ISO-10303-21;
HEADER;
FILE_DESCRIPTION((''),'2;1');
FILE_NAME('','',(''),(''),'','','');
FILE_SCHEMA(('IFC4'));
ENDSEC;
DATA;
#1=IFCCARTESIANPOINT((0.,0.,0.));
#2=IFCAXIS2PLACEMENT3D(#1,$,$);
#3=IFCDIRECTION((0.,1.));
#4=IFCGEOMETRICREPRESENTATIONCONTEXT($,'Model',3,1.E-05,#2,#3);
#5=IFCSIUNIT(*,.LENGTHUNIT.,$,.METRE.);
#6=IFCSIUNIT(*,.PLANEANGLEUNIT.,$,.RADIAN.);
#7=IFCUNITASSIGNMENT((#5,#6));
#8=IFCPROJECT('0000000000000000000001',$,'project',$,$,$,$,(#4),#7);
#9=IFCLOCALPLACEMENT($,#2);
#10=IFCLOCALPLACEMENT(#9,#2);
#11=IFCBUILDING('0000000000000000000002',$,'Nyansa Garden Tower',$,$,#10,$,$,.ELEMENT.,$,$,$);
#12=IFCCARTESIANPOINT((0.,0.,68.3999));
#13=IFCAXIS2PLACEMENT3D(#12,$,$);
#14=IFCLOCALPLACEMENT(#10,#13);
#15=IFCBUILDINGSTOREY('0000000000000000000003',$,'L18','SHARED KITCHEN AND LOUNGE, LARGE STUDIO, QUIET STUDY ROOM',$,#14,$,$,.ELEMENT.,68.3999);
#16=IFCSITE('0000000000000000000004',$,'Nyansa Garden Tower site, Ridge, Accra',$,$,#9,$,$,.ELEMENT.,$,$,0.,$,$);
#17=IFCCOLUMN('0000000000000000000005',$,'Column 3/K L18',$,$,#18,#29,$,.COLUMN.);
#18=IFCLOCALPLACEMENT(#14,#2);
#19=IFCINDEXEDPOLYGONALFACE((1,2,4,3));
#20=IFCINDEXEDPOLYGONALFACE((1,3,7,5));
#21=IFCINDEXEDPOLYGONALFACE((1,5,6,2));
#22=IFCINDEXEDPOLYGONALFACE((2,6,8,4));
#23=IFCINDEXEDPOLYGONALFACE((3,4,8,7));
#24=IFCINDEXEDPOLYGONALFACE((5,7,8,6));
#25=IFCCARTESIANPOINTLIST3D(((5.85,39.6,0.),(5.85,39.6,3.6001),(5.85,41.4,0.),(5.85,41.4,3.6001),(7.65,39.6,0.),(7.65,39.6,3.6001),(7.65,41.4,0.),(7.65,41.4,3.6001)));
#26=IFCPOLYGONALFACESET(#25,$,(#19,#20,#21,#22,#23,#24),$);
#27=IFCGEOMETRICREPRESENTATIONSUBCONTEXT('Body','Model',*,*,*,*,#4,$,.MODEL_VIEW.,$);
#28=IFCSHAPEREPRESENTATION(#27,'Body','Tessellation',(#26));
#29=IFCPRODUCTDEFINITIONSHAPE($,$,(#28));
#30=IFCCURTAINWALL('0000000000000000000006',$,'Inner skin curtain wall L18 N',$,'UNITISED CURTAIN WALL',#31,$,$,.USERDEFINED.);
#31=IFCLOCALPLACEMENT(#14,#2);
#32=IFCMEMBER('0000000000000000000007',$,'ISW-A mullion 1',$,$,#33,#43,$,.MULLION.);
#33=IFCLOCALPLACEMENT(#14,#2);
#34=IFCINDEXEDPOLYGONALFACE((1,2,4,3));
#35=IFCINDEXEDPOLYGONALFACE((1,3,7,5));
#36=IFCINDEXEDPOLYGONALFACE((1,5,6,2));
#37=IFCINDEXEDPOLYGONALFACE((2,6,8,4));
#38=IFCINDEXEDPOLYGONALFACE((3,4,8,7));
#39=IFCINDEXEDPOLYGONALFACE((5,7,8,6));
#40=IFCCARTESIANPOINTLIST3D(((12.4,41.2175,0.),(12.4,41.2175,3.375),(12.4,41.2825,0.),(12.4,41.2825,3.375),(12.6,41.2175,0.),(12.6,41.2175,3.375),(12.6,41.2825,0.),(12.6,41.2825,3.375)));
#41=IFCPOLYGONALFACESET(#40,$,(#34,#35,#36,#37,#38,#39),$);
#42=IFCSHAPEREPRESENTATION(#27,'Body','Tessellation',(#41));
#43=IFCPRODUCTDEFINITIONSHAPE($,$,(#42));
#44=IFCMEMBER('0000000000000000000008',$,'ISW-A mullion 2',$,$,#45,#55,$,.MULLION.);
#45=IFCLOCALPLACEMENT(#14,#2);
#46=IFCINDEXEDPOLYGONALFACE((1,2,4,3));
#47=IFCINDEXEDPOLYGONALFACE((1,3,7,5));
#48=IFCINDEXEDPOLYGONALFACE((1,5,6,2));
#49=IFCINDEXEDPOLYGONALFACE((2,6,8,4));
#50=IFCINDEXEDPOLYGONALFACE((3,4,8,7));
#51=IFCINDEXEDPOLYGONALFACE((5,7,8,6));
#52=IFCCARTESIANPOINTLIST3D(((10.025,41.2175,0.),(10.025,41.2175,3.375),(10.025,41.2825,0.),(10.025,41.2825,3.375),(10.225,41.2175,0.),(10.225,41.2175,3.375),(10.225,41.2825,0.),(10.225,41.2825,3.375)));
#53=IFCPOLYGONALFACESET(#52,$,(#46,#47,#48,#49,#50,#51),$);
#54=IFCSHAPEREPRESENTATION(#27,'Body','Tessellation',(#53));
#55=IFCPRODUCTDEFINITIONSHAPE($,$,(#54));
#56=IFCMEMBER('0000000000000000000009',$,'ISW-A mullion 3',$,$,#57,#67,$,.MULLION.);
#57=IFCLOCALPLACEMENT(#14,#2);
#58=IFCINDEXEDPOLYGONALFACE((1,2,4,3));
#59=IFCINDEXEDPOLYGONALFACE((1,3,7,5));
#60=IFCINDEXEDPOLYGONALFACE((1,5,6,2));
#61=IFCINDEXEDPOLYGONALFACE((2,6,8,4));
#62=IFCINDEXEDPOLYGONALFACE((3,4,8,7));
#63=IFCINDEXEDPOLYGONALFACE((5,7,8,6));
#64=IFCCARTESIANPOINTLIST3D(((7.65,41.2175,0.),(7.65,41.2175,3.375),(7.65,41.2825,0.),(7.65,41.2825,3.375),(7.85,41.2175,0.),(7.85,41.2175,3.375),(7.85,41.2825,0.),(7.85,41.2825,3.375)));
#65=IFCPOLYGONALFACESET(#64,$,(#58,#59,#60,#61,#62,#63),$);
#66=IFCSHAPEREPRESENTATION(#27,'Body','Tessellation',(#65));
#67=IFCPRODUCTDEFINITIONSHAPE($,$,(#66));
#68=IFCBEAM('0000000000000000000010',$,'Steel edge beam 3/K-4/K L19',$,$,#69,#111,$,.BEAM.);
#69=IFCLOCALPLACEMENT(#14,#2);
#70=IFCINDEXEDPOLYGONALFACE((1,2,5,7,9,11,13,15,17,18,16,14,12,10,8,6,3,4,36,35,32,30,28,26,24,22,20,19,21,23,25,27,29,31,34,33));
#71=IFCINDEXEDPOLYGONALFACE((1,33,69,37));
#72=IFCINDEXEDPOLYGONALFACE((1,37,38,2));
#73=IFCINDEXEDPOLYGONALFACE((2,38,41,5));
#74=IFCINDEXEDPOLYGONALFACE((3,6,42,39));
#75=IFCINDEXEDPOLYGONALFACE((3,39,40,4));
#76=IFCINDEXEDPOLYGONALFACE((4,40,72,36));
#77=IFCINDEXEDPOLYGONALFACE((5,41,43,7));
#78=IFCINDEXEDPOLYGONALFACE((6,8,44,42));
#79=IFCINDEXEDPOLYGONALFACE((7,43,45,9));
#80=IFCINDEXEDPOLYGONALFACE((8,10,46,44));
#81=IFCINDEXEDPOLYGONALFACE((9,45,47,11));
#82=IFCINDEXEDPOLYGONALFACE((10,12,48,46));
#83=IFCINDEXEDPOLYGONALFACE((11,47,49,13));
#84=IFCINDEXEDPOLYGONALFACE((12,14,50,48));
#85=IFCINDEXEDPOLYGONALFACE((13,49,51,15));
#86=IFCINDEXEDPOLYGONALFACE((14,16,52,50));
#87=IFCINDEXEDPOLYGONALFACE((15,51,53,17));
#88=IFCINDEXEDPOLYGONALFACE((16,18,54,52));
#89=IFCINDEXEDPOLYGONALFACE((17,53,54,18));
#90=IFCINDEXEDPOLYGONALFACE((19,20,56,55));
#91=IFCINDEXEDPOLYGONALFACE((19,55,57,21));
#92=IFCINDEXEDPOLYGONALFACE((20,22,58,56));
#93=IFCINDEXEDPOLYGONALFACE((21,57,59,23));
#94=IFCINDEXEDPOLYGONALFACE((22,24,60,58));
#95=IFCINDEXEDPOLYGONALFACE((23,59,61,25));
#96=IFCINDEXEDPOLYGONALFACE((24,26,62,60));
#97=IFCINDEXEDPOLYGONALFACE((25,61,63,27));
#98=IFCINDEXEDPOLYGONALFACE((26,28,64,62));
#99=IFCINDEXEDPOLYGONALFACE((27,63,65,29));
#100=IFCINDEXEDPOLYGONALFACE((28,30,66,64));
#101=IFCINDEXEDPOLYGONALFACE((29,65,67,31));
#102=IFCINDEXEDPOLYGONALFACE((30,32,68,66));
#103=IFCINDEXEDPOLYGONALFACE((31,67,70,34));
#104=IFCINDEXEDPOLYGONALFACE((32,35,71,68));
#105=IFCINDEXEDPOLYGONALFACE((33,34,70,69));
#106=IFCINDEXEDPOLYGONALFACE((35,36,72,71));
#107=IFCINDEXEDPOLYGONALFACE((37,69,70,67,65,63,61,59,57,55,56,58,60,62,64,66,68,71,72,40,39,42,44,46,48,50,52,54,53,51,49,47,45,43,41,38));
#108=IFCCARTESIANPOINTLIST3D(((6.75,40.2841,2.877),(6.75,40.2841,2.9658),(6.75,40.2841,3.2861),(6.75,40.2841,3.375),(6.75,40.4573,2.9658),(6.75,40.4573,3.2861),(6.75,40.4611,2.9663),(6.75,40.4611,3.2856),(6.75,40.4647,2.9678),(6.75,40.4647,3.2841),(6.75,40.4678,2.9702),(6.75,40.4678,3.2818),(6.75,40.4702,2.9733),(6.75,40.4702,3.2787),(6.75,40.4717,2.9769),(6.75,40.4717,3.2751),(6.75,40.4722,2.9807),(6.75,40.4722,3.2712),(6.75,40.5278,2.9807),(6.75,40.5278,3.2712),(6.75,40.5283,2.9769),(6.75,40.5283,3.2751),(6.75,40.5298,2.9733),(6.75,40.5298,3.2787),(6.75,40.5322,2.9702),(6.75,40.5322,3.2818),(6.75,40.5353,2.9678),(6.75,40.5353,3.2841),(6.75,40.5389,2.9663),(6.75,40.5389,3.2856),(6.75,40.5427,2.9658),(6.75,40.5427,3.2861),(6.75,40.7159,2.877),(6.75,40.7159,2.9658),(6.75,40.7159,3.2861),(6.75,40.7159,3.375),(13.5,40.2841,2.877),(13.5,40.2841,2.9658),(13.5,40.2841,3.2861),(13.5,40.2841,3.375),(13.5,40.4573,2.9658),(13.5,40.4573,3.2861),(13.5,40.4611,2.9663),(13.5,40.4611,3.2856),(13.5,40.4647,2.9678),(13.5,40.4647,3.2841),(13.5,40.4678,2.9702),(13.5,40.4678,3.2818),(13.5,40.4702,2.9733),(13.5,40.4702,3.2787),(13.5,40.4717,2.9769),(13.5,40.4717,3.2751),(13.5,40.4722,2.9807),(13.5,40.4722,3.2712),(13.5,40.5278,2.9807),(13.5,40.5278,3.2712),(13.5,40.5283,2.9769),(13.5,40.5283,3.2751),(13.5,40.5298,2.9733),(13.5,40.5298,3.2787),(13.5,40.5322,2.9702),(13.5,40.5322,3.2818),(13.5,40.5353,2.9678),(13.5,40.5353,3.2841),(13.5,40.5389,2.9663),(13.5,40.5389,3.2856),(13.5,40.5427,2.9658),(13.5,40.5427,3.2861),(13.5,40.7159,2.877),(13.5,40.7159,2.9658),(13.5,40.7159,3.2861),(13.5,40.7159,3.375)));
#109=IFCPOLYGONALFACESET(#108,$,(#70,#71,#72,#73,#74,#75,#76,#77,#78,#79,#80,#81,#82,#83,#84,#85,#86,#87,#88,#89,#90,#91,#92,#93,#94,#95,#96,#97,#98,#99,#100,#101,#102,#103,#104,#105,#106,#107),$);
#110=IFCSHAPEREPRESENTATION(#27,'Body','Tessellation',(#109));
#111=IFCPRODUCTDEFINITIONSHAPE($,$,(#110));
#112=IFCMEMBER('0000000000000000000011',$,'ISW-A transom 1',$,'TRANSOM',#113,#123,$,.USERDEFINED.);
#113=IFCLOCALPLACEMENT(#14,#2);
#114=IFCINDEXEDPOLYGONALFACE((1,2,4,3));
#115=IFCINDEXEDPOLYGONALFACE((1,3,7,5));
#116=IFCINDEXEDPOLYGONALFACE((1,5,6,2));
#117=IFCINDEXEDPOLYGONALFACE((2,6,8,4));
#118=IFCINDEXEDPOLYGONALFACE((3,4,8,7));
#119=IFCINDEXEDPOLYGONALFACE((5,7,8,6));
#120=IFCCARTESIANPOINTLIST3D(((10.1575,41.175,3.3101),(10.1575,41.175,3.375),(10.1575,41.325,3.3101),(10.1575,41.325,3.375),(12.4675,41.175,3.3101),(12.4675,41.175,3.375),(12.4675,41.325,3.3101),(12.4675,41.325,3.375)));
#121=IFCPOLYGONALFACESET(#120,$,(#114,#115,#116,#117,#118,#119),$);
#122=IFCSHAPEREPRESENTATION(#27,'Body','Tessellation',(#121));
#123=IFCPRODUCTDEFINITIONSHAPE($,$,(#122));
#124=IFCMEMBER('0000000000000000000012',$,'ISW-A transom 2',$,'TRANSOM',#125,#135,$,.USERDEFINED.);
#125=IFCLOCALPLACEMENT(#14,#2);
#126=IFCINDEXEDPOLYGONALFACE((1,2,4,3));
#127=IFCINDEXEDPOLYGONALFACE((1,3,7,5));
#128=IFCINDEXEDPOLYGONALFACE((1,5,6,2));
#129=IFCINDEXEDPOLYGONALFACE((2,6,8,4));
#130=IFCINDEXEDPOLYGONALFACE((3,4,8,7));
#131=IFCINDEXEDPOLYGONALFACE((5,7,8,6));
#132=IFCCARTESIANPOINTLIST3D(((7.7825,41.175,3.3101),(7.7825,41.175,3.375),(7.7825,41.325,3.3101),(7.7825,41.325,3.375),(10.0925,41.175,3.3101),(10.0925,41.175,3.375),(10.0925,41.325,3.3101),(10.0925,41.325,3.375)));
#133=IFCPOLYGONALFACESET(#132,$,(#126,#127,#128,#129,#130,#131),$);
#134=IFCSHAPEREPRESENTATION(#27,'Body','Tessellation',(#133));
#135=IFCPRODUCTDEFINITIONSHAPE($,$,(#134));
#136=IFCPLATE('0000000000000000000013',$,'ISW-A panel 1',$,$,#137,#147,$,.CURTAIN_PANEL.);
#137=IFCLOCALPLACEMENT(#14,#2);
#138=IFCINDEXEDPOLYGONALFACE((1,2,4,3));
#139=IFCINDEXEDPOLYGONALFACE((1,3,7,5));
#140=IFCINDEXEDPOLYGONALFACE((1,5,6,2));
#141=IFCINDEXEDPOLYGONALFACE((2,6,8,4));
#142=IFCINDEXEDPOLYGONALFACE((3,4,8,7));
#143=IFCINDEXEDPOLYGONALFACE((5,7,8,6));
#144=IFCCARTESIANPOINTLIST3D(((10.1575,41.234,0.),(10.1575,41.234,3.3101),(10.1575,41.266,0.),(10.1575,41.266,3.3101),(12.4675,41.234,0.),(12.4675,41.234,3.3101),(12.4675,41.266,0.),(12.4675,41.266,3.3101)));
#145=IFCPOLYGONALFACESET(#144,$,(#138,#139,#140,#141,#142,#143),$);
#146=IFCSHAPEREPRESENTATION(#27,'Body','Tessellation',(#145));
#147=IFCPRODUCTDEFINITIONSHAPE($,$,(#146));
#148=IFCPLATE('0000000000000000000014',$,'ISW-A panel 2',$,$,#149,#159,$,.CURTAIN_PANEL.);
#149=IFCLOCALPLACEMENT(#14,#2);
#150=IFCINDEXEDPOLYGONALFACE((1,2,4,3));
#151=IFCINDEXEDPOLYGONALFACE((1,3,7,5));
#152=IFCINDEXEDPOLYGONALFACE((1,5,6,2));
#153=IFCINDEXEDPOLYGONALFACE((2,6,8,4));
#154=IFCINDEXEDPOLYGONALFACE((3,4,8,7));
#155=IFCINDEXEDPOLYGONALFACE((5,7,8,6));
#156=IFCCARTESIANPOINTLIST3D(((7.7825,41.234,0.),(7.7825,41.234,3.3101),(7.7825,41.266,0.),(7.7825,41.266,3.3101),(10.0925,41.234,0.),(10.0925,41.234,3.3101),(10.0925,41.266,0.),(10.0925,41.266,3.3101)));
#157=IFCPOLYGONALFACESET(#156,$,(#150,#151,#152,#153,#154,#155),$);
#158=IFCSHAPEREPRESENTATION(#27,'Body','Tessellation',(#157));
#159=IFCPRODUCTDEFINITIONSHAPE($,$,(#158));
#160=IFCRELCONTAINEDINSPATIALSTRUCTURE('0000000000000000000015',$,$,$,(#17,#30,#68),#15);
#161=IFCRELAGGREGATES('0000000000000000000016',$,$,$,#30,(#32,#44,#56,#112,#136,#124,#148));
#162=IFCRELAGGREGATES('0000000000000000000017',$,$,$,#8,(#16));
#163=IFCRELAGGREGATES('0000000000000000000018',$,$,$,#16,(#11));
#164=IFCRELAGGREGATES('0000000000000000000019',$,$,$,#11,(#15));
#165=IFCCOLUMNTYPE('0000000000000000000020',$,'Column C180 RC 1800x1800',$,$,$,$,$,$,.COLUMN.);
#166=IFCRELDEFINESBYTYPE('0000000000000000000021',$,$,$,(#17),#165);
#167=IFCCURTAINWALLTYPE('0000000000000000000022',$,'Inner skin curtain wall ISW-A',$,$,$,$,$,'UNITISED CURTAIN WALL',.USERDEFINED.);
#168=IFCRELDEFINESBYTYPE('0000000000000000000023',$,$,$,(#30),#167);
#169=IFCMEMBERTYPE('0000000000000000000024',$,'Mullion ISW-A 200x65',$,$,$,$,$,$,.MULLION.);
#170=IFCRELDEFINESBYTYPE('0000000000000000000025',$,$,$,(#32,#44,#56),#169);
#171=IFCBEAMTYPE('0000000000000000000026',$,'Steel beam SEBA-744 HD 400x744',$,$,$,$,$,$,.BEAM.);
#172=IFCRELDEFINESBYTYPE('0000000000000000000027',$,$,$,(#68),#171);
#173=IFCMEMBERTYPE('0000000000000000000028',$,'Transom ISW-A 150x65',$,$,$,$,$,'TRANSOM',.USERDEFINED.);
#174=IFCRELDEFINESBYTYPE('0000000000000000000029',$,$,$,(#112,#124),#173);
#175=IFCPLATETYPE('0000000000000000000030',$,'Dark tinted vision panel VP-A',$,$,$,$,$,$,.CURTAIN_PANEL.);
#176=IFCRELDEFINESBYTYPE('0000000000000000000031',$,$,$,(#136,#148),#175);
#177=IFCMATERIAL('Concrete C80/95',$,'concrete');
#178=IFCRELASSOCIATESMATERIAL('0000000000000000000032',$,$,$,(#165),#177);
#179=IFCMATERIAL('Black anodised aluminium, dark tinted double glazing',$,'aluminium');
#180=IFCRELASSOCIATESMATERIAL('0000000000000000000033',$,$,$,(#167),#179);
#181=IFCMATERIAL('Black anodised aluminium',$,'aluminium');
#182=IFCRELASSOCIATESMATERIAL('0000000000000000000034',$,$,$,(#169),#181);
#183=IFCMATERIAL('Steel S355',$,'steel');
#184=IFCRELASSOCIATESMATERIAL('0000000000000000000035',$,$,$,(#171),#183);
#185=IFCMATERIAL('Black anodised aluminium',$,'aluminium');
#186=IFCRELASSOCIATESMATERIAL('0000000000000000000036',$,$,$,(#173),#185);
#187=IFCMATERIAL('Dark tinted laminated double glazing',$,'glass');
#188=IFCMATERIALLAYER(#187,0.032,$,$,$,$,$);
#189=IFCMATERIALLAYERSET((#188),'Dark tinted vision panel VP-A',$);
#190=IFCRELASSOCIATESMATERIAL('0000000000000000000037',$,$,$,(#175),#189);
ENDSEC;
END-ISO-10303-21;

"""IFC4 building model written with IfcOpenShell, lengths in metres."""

from ifc_helpers import new_model, si_unit, direction, frame, origin, origin_2d, place, context, subcontext, project, spatial, rectangle, i_section, extrude, material, layer, layer_set, material_profile, profile_set, type_object, element, aggregate, save


model = new_model("IFC4")

# Units and contexts
model_context = context("Model", 3, precision=1e-05, world=origin(), true_north=direction((0.0, 1.0)))
body_context = subcontext(model_context, "Body", "Model", "MODEL_VIEW")
ifc_project = project(units=[si_unit("LENGTHUNIT", "METRE"), si_unit("PLANEANGLEUNIT", "RADIAN")], contexts=[model_context])

# Site, building, storey
site_placement = place(None, origin())
site = spatial("IfcSite", under=ifc_project, at=site_placement, Name="Nyansa Garden Tower site, Ridge, Accra", CompositionType="ELEMENT", RefElevation=0.0)
building_placement = place(site_placement, origin())
building = spatial("IfcBuilding", under=site, at=building_placement, Name="Nyansa Garden Tower", CompositionType="ELEMENT")
storey_placement = place(building_placement, frame((0.0, 0.0, 68.3999)))
storey = spatial("IfcBuildingStorey", under=building, at=storey_placement, Name="L18", Description="SHARED KITCHEN AND LOUNGE, LARGE STUDIO, QUIET STUDY ROOM", CompositionType="ELEMENT", Elevation=68.3999)

# Column
ifc_material_1 = material(Name="Concrete C80/95", Category="concrete")
ifc_material_profile_1 = material_profile(ifc_material_1, rectangle(XDim=1.8, YDim=1.8, at=origin_2d()), Name="RC 1800x1800")
ifc_profile_set_1 = profile_set([ifc_material_profile_1], Name="Concrete C80/95")
column_type = type_object("IfcColumnType", Name="Column C180 RC 1800x1800", PredefinedType="COLUMN", material=ifc_profile_set_1)
column_placement = place(storey_placement, frame((6.75, 40.5, 0.0), z_axis=(0.0, 0.0, 1.0), x_axis=(1.0, 0.0, 0.0)))
element("IfcColumn", 1, at=column_placement, inside=storey, type_object=column_type, Name="Column 3/K L18", PredefinedType="COLUMN", context=body_context, shape_type="SweptSolid", body=[
    extrude(rectangle(XDim=1.8, YDim=1.8, at=origin_2d()), origin(), (0.0, 0.0, 1.0), 3.6001),
])

# Curtain wall, members
ifc_material_2 = material(Name="Black anodised aluminium, dark tinted double glazing", Category="aluminium")
curtain_wall_type = type_object("IfcCurtainWallType", Name="Inner skin curtain wall ISW-A", ElementType="UNITISED CURTAIN WALL", PredefinedType="USERDEFINED", material=ifc_material_2)
curtain_wall_placement = place(storey_placement, origin())
curtain_wall = element("IfcCurtainWall", 2, at=curtain_wall_placement, inside=storey, type_object=curtain_wall_type, Name="Inner skin curtain wall L18 N", ObjectType="UNITISED CURTAIN WALL", PredefinedType="USERDEFINED")
ifc_material_3 = material(Name="Black anodised aluminium", Category="aluminium")
ifc_material_profile_2 = material_profile(ifc_material_3, rectangle(XDim=0.0649, YDim=0.2, at=origin_2d()), Name="Mullion 200x65")
ifc_profile_set_2 = profile_set([ifc_material_profile_2], Name="Black anodised aluminium")
member_type_1 = type_object("IfcMemberType", Name="Mullion ISW-A 200x65", PredefinedType="MULLION", material=ifc_profile_set_2)
member_1_placement = place(storey_placement, frame((12.5, 41.25, 0.0), z_axis=(0.0, 0.0, 1.0), x_axis=(0.0, -1.0, 0.0)))
member_1 = element("IfcMember", 3, at=member_1_placement, type_object=member_type_1, Name="ISW-A mullion 1", PredefinedType="MULLION", context=body_context, shape_type="SweptSolid", body=[
    extrude(rectangle(XDim=0.0649, YDim=0.2, at=origin_2d()), origin(), (0.0, 0.0, 1.0), 3.375),
])
member_2_placement = place(storey_placement, frame((10.125, 41.25, 0.0), z_axis=(0.0, 0.0, 1.0), x_axis=(0.0, -1.0, 0.0)))
member_2 = element("IfcMember", 4, at=member_2_placement, type_object=member_type_1, Name="ISW-A mullion 2", PredefinedType="MULLION", context=body_context, shape_type="SweptSolid", body=[
    extrude(rectangle(XDim=0.0649, YDim=0.2, at=origin_2d()), origin(), (0.0, 0.0, 1.0), 3.375),
])
member_3_placement = place(storey_placement, frame((7.75, 41.25, 0.0), z_axis=(0.0, 0.0, 1.0), x_axis=(0.0, -1.0, 0.0)))
member_3 = element("IfcMember", 5, at=member_3_placement, type_object=member_type_1, Name="ISW-A mullion 3", PredefinedType="MULLION", context=body_context, shape_type="SweptSolid", body=[
    extrude(rectangle(XDim=0.0649, YDim=0.2, at=origin_2d()), origin(), (0.0, 0.0, 1.0), 3.375),
])

# Beam
ifc_material_4 = material(Name="Steel S355", Category="steel")
ifc_material_profile_3 = material_profile(ifc_material_4, i_section(OverallWidth=0.4319, OverallDepth=0.498, WebThickness=0.0557, FlangeThickness=0.0889, FilletRadius=0.0149, at=origin_2d()), Name="HD 400x744")
ifc_profile_set_3 = profile_set([ifc_material_profile_3], Name="Steel S355")
beam_type = type_object("IfcBeamType", Name="Steel beam SEBA-744 HD 400x744", PredefinedType="BEAM", material=ifc_profile_set_3)
beam_placement = place(storey_placement, frame((6.75, 40.5, 3.126), z_axis=(1.0, 0.0, 0.0), x_axis=(0.0, 1.0, 0.0)))
element("IfcBeam", 6, at=beam_placement, inside=storey, type_object=beam_type, Name="Steel edge beam 3/K-4/K L19", PredefinedType="BEAM", context=body_context, shape_type="SweptSolid", body=[
    extrude(i_section(OverallWidth=0.4319, OverallDepth=0.498, WebThickness=0.0557, FlangeThickness=0.0889, FilletRadius=0.0149, at=origin_2d()), origin(), (0.0, 0.0, 1.0), 6.75),
])

# Members
ifc_material_5 = material(Name="Black anodised aluminium", Category="aluminium")
ifc_material_profile_4 = material_profile(ifc_material_5, rectangle(XDim=0.1499, YDim=0.0649, at=origin_2d()), Name="Transom 150x65")
ifc_profile_set_4 = profile_set([ifc_material_profile_4], Name="Black anodised aluminium")
member_type_2 = type_object("IfcMemberType", Name="Transom ISW-A 150x65", ElementType="TRANSOM", PredefinedType="USERDEFINED", material=ifc_profile_set_4)
member_4_placement = place(storey_placement, frame((12.4675, 41.25, 3.3425), z_axis=(-1.0, 0.0, 0.0), x_axis=(0.0, -1.0, 0.0)))
member_4 = element("IfcMember", 7, at=member_4_placement, type_object=member_type_2, Name="ISW-A transom 1", ObjectType="TRANSOM", PredefinedType="USERDEFINED", context=body_context, shape_type="SweptSolid", body=[
    extrude(rectangle(XDim=0.1499, YDim=0.0649, at=origin_2d()), origin(), (0.0, 0.0, 1.0), 2.3101),
])
member_5_placement = place(storey_placement, frame((10.0925, 41.25, 3.3425), z_axis=(-1.0, 0.0, 0.0), x_axis=(0.0, -1.0, 0.0)))
member_5 = element("IfcMember", 8, at=member_5_placement, type_object=member_type_2, Name="ISW-A transom 2", ObjectType="TRANSOM", PredefinedType="USERDEFINED", context=body_context, shape_type="SweptSolid", body=[
    extrude(rectangle(XDim=0.1499, YDim=0.0649, at=origin_2d()), origin(), (0.0, 0.0, 1.0), 2.3101),
])

# Plates
ifc_material_6 = material(Name="Dark tinted laminated double glazing", Category="glass")
ifc_layer_1 = layer(ifc_material_6, 0.032)
ifc_layer_set_1 = layer_set([ifc_layer_1], Name="Dark tinted vision panel VP-A")
plate_type = type_object("IfcPlateType", Name="Dark tinted vision panel VP-A", PredefinedType="CURTAIN_PANEL", material=ifc_layer_set_1)
plate_1_placement = place(storey_placement, frame((11.3125, 41.25, 0.0), z_axis=(0.0, 0.0, 1.0), x_axis=(-1.0, 0.0, 0.0)))
plate_1 = element("IfcPlate", 9, at=plate_1_placement, type_object=plate_type, Name="ISW-A panel 1", PredefinedType="CURTAIN_PANEL", context=body_context, shape_type="SweptSolid", body=[
    extrude(rectangle(XDim=2.3101, YDim=0.032, at=origin_2d()), origin(), (0.0, 0.0, 1.0), 3.3101),
])
plate_2_placement = place(storey_placement, frame((8.9375, 41.25, 0.0), z_axis=(0.0, 0.0, 1.0), x_axis=(-1.0, 0.0, 0.0)))
plate_2 = element("IfcPlate", 10, at=plate_2_placement, type_object=plate_type, Name="ISW-A panel 2", PredefinedType="CURTAIN_PANEL", context=body_context, shape_type="SweptSolid", body=[
    extrude(rectangle(XDim=2.3101, YDim=0.032, at=origin_2d()), origin(), (0.0, 0.0, 1.0), 3.3101),
])
aggregate(curtain_wall, [member_1, member_2, member_3, member_4, plate_1, member_5, plate_2])

save(model, "model.ifc")
